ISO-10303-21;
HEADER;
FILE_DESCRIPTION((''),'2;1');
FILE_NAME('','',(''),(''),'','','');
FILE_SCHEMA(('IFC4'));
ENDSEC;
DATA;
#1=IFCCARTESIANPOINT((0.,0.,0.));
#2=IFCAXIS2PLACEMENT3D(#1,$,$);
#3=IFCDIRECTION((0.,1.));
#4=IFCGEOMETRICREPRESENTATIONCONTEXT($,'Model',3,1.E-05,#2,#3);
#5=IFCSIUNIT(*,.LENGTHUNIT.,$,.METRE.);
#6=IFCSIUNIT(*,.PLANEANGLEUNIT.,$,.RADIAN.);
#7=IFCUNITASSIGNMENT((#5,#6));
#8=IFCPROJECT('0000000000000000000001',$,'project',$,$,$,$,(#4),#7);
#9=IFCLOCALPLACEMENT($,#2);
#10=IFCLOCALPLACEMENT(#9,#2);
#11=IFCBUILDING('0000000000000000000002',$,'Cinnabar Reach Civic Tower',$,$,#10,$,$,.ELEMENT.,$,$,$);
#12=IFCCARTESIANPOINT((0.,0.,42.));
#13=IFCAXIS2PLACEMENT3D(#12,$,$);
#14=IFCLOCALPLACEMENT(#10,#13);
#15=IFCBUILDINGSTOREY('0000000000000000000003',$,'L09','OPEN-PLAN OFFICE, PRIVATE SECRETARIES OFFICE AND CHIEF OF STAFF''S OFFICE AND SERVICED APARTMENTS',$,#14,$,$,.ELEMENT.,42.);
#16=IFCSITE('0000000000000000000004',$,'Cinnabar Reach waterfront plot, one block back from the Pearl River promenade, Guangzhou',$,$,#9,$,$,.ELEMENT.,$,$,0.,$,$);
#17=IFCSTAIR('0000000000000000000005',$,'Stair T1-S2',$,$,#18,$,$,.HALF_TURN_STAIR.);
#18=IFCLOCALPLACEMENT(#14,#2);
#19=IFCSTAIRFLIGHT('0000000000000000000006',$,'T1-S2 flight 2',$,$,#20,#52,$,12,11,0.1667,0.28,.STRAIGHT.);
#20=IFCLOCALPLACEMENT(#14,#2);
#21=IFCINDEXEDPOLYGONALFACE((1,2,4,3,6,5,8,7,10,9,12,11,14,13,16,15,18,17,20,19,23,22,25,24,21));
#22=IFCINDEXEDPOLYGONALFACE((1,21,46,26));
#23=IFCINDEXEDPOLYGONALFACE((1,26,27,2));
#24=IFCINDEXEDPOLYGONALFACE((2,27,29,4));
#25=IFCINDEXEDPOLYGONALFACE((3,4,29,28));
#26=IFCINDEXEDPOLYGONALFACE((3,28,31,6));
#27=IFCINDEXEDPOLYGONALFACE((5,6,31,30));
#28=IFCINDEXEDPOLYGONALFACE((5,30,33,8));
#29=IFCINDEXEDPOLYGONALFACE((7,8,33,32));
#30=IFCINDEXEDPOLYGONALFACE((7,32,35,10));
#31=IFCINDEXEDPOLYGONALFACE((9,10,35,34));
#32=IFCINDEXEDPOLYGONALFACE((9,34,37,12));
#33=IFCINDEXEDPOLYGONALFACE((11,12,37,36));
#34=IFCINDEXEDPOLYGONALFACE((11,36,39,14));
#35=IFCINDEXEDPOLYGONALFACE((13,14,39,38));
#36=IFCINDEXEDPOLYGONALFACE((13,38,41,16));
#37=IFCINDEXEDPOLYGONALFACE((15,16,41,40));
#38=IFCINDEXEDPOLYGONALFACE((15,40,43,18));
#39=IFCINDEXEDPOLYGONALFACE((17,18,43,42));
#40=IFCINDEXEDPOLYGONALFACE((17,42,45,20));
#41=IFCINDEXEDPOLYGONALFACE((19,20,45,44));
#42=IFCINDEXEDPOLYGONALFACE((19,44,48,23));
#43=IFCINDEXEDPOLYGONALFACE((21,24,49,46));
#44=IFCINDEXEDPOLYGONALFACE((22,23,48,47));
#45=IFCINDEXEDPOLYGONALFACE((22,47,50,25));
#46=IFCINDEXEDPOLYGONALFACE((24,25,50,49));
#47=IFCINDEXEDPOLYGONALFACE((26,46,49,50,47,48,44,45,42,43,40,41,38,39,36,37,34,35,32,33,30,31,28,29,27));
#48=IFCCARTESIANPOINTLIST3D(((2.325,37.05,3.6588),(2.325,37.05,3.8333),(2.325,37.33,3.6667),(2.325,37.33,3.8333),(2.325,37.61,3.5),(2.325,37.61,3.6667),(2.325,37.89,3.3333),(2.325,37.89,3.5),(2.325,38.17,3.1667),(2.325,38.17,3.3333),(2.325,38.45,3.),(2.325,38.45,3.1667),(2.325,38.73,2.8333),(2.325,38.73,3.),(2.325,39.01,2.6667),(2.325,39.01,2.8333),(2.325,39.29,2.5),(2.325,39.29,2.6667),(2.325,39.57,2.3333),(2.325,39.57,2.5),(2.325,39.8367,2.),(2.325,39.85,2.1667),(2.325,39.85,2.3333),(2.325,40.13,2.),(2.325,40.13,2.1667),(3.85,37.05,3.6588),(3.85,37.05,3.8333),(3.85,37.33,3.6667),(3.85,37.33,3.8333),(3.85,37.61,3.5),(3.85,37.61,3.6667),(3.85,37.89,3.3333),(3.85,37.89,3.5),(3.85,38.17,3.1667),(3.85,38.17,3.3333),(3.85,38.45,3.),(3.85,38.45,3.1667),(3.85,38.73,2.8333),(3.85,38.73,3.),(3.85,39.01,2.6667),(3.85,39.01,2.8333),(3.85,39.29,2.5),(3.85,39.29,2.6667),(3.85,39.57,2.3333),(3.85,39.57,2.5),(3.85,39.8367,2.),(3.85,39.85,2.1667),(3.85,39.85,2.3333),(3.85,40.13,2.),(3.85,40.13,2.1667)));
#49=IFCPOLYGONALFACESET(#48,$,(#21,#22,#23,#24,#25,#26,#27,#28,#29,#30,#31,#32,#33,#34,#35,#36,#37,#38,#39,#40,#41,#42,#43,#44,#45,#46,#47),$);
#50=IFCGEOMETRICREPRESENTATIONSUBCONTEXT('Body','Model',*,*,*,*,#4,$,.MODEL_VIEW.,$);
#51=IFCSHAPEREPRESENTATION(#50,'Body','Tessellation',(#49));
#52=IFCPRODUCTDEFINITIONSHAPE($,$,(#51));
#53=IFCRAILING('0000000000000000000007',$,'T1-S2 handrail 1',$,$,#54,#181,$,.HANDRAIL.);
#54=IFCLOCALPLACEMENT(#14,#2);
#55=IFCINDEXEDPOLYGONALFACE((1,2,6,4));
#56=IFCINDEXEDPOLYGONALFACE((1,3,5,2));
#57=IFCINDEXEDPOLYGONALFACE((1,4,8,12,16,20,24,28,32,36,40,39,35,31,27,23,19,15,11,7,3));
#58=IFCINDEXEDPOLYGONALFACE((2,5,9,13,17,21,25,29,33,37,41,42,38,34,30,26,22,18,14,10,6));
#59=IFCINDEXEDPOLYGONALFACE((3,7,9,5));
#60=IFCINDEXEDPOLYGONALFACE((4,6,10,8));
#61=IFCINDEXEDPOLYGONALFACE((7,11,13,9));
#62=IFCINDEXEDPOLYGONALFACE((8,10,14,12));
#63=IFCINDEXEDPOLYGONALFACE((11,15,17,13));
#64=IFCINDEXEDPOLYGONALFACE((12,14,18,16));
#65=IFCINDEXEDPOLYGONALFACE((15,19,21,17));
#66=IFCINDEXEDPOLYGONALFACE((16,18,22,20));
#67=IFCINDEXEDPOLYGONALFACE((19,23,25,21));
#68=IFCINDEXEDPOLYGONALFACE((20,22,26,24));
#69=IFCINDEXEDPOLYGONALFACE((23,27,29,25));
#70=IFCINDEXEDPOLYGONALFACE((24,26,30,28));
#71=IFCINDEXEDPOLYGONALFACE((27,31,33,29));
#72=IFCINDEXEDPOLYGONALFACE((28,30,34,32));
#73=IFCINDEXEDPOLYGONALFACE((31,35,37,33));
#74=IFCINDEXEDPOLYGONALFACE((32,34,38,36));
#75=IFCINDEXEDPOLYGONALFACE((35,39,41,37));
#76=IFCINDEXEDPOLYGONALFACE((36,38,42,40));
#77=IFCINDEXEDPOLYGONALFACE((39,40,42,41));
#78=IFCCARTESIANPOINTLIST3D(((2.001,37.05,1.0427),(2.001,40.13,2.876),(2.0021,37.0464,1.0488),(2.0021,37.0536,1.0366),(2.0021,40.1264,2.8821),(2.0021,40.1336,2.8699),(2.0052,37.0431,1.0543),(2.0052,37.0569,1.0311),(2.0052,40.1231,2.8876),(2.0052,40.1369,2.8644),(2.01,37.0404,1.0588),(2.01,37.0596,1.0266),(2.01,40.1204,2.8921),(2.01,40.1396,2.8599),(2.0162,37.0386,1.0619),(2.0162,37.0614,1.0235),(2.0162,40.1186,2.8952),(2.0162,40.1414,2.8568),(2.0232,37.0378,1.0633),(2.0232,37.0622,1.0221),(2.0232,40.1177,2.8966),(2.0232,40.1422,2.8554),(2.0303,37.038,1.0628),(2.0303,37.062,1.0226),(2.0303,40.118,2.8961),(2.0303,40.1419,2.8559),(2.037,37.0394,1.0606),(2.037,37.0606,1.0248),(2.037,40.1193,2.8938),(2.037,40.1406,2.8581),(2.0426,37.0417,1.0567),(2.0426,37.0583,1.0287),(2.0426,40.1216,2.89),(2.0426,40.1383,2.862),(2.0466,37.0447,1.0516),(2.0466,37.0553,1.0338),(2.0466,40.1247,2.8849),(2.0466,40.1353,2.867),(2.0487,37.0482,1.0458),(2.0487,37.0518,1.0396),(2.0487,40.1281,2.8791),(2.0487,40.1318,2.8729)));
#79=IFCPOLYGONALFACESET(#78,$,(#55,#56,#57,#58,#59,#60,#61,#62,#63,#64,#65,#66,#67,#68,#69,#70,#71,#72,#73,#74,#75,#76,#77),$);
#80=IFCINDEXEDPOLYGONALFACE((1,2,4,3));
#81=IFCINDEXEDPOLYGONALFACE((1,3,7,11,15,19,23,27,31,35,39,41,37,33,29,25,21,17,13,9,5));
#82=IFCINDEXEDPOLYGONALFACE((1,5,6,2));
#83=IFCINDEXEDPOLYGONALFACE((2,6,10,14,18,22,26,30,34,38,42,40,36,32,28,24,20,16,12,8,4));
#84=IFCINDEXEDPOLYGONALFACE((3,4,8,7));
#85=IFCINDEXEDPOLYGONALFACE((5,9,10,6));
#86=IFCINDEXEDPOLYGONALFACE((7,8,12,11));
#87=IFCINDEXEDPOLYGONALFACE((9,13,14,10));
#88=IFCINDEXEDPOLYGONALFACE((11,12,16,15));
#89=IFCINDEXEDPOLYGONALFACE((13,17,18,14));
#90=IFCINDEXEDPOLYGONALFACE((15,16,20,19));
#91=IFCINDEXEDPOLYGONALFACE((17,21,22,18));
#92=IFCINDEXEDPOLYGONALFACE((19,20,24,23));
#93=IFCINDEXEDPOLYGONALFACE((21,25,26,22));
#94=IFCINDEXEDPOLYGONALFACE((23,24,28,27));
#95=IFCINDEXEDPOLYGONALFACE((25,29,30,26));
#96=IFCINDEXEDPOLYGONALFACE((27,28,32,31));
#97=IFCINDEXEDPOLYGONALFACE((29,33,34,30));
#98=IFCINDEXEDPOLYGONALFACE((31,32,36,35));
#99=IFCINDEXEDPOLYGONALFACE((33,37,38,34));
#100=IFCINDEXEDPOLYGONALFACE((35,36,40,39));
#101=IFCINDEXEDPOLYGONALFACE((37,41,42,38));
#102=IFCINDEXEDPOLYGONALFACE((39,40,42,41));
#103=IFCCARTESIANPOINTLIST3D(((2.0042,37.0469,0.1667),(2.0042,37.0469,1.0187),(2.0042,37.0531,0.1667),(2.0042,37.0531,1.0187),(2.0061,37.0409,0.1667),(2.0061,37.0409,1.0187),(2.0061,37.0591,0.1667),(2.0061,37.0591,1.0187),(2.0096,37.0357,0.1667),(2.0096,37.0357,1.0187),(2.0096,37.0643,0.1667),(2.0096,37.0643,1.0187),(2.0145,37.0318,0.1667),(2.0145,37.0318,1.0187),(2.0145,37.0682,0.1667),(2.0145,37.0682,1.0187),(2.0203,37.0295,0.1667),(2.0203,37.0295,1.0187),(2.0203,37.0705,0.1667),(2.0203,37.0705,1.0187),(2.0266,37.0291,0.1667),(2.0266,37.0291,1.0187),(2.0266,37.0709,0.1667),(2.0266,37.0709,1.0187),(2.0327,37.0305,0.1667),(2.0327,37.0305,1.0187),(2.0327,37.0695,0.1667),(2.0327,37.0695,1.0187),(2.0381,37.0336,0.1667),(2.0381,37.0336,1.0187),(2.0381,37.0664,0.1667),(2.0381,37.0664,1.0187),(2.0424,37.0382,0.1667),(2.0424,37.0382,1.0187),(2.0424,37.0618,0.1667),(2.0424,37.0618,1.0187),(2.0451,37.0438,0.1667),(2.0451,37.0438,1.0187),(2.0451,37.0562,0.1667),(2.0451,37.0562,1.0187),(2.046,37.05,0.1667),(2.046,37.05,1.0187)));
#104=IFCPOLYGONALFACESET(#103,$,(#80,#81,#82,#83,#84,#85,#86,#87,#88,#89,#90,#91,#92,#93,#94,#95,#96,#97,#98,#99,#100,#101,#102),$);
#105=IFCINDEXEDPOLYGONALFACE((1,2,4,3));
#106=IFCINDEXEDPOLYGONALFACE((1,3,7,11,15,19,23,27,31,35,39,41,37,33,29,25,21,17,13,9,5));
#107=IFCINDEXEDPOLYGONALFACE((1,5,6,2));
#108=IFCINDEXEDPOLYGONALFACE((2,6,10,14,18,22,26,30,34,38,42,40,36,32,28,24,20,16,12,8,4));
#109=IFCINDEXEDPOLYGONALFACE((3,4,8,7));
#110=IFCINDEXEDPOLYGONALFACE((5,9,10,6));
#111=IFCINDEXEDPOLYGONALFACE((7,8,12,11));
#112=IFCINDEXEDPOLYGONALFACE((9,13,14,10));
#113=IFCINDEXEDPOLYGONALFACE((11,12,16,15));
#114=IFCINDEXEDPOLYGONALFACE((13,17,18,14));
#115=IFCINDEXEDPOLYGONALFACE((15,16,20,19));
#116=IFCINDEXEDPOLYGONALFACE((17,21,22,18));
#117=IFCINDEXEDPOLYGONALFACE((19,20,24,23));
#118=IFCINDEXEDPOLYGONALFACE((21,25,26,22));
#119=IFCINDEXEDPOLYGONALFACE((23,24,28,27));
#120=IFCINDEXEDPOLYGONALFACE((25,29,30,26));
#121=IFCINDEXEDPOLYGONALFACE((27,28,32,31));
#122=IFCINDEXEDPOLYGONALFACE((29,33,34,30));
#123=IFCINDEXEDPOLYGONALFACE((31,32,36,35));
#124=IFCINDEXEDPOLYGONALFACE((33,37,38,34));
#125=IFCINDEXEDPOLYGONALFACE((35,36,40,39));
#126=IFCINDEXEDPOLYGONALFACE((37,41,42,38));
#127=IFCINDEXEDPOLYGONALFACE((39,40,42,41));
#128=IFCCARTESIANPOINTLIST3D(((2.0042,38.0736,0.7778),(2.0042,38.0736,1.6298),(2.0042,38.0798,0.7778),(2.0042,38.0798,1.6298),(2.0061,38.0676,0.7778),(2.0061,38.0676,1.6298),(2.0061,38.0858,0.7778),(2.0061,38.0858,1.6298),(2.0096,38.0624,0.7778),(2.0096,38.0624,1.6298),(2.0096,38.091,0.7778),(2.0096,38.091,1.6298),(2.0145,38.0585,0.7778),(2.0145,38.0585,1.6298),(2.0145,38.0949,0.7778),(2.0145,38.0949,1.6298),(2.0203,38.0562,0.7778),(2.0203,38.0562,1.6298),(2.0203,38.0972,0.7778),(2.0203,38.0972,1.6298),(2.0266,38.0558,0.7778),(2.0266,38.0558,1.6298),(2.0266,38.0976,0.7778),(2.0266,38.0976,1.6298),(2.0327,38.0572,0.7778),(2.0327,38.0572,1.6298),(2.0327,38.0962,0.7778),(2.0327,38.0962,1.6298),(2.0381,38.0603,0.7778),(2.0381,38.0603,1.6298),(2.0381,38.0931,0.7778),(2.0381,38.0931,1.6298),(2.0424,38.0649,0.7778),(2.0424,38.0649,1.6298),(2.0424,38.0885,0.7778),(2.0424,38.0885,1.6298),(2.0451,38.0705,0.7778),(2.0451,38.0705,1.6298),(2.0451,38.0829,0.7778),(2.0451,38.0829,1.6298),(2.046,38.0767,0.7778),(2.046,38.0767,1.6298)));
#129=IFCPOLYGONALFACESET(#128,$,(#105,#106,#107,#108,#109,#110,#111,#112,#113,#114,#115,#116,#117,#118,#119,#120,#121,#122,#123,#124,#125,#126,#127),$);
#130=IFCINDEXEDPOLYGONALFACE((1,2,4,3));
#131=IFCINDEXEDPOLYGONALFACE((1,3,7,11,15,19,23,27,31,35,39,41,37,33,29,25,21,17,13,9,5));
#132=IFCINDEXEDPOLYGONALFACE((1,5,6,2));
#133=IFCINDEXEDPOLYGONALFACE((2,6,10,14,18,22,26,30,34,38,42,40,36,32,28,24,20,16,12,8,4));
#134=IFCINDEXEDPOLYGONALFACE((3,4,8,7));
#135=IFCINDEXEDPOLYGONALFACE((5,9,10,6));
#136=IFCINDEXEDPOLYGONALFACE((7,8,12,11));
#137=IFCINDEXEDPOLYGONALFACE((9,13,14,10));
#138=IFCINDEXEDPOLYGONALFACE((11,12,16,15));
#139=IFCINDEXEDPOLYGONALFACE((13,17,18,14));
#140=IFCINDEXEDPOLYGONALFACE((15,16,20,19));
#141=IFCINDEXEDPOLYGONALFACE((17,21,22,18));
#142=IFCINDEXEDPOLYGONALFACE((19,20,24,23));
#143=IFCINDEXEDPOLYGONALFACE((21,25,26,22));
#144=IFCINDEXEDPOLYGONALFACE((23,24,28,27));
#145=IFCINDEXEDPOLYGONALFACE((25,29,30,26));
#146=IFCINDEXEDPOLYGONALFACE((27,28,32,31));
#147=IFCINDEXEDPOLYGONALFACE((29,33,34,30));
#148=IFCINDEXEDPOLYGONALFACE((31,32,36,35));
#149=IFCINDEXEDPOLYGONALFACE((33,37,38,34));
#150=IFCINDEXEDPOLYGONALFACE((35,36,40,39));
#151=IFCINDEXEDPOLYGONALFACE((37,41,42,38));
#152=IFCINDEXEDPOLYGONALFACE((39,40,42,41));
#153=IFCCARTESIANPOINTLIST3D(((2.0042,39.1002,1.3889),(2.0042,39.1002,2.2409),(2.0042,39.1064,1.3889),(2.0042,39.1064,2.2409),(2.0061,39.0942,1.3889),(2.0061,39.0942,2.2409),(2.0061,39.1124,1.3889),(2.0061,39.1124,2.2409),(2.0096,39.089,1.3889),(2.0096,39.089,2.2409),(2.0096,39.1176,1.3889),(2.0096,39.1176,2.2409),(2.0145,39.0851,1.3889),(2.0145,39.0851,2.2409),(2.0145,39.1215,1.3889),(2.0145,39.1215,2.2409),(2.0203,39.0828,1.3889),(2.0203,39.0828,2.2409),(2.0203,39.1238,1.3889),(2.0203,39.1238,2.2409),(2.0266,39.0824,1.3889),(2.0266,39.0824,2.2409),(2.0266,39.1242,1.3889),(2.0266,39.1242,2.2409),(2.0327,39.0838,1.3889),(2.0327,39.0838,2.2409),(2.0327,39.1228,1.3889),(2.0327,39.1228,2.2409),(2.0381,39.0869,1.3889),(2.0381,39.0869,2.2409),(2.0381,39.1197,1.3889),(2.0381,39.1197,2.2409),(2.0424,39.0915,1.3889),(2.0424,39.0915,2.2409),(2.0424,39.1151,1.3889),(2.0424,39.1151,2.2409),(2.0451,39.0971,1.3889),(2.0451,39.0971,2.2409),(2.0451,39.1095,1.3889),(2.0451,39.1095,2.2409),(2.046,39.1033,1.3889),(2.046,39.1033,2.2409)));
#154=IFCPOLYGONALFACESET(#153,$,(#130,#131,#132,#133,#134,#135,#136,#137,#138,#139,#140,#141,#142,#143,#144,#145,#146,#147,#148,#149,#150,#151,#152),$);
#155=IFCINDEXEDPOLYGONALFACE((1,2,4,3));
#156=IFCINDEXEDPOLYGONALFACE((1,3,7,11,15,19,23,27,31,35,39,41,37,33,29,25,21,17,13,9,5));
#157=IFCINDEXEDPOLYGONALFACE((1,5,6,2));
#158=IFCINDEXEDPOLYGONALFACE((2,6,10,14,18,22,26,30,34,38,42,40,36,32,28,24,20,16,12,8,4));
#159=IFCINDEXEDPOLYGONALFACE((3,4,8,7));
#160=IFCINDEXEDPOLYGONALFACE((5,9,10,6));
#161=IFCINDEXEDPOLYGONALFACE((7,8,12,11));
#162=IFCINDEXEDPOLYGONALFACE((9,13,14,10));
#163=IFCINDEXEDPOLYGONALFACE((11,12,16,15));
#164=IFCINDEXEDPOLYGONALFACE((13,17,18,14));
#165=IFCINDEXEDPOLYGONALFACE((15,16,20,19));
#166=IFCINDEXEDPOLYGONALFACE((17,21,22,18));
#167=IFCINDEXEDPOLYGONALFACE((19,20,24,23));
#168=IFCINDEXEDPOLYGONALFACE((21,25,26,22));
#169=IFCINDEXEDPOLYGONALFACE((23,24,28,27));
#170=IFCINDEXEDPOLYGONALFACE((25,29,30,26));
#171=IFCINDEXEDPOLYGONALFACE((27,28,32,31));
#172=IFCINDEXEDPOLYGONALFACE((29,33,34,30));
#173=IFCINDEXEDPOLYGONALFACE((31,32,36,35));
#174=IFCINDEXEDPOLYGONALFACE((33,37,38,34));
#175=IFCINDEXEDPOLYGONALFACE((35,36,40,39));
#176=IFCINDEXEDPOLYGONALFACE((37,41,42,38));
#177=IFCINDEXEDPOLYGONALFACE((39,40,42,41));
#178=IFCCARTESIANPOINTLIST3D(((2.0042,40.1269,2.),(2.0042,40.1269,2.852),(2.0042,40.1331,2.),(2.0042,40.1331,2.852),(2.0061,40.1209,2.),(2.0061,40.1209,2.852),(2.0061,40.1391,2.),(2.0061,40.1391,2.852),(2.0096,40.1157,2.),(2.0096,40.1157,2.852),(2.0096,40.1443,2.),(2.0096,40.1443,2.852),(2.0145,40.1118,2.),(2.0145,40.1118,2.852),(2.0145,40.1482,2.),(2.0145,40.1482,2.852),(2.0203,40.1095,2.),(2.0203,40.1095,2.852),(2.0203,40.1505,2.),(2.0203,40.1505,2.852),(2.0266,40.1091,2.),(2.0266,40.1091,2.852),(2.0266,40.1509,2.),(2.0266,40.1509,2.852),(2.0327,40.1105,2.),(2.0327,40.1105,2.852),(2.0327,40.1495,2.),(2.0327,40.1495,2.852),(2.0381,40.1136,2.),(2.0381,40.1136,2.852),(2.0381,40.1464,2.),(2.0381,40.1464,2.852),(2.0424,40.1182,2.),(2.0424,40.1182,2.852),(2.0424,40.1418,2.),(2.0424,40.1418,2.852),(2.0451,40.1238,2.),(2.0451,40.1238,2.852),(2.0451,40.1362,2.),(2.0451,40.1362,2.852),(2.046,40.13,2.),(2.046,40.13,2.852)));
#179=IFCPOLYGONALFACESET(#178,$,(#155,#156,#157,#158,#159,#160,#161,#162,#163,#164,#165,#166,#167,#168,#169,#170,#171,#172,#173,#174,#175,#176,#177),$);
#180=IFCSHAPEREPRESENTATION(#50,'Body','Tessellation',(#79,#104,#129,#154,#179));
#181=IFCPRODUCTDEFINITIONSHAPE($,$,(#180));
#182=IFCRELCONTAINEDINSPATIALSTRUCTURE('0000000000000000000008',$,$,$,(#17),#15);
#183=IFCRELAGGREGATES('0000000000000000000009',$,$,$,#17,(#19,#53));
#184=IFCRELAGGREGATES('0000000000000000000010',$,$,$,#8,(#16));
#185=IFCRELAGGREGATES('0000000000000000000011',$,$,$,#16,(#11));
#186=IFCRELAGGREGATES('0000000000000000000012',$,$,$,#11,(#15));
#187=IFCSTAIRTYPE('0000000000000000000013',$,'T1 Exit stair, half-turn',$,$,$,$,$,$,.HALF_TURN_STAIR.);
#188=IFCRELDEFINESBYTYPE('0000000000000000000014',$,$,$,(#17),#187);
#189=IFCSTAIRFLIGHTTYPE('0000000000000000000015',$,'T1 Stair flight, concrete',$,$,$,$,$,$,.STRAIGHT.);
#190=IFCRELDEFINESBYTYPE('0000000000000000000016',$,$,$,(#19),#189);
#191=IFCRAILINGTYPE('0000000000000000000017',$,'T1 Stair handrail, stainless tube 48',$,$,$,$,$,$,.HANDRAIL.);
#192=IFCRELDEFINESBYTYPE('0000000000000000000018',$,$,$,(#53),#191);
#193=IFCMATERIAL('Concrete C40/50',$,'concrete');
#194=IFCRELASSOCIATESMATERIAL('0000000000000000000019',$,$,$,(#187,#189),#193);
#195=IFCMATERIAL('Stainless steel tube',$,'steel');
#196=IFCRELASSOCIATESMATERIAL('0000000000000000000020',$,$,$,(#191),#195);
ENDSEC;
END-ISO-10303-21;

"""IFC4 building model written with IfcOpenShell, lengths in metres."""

from ifc_helpers import new_model, si_unit, direction, frame, origin, origin_2d, place, context, subcontext, project, spatial, polyline, circle, outline, extrude, material, type_object, element, aggregate, save


model = new_model("IFC4")

# Units and contexts
model_context = context("Model", 3, precision=1e-05, world=origin(), true_north=direction((0.0, 1.0)))
body_context = subcontext(model_context, "Body", "Model", "MODEL_VIEW")
ifc_project = project(units=[si_unit("LENGTHUNIT", "METRE"), si_unit("PLANEANGLEUNIT", "RADIAN")], contexts=[model_context])

# Site, building, storey
site_placement = place(None, origin())
site = spatial("IfcSite", under=ifc_project, at=site_placement, Name="Cinnabar Reach waterfront plot, one block back from the Pearl River promenade, Guangzhou", CompositionType="ELEMENT", RefElevation=0.0)
building_placement = place(site_placement, origin())
building = spatial("IfcBuilding", under=site, at=building_placement, Name="Cinnabar Reach Civic Tower", CompositionType="ELEMENT")
storey_placement = place(building_placement, frame((0.0, 0.0, 42.0)))
storey = spatial("IfcBuildingStorey", under=building, at=storey_placement, Name="L09", Description="OPEN-PLAN OFFICE, PRIVATE SECRETARIES OFFICE AND CHIEF OF STAFF'S OFFICE AND SERVICED APARTMENTS", CompositionType="ELEMENT", Elevation=42.0)

# Shared definitions
ifc_material_1 = material(Name="Concrete C40/50", Category="concrete")

# Stair, stair flight, railing
stair_type = type_object("IfcStairType", Name="T1 Exit stair, half-turn", PredefinedType="HALF_TURN_STAIR", material=ifc_material_1)
stair_placement = place(storey_placement, origin())
stair = element("IfcStair", 1, at=stair_placement, inside=storey, type_object=stair_type, Name="Stair T1-S2", PredefinedType="HALF_TURN_STAIR")
stair_flight_type = type_object("IfcStairFlightType", Name="T1 Stair flight, concrete", PredefinedType="STRAIGHT", material=ifc_material_1)
stair_flight_1_placement = place(storey_placement, frame((3.0875, 40.13, 2.0), z_axis=(0.0, 0.0, 1.0), x_axis=(0.0, -1.0, 0.0)))
stair_flight_1 = element("IfcStairFlight", 2, at=stair_flight_1_placement, type_object=stair_flight_type, Name="T1-S2 flight 2", NumberOfRisers=12, NumberOfTreads=11, PredefinedType="STRAIGHT", RiserHeight=0.1667, TreadLength=0.28, context=body_context, shape_type="SweptSolid", body=[
    extrude(outline(polyline([(0.0, 0.0), (0.0, 0.1667), (0.28, 0.1667), (0.28, 0.3333), (0.56, 0.3333), (0.56, 0.5), (0.84, 0.5), (0.84, 0.6667), (1.12, 0.6667), (1.12, 0.8333), (1.4, 0.8333), (1.4, 1.0), (1.68, 1.0), (1.68, 1.1667), (1.96, 1.1667), (1.96, 1.3333), (2.24, 1.3333), (2.24, 1.5), (2.52, 1.5), (2.52, 1.6667), (2.8, 1.6667), (2.8, 1.8333), (3.08, 1.8333), (3.08, 2.0), (3.08, 1.6588), (0.2933, 0.0), (0.0, 0.0)])), frame((0.0, 0.7625, 0.0), z_axis=(0.0, -1.0, 0.0), x_axis=(1.0, 0.0, 0.0)), (0.0, 0.0, 1.0), 1.525),
])
ifc_material_2 = material(Name="Stainless steel tube", Category="steel")
railing_type = type_object("IfcRailingType", Name="T1 Stair handrail, stainless tube 48", PredefinedType="HANDRAIL", material=ifc_material_2)
railing_1_placement = place(storey_placement, frame((2.025, 37.05, 0.1667)))
railing_1 = element("IfcRailing", 3, at=railing_1_placement, type_object=railing_type, Name="T1-S2 handrail 1", PredefinedType="HANDRAIL", context=body_context, shape_type="SweptSolid", body=[
    extrude(circle(Radius=0.024, at=origin_2d()), frame((0.0, 0.0, 0.876), z_axis=(0.0, 0.859297, 0.511477), x_axis=(-1.0, 0.0, 0.0)), (0.0, 0.0, 1.0), 3.5843),
    extrude(circle(Radius=0.021, at=origin_2d()), origin(), (0.0, 0.0, 1.0), 0.852),
    extrude(circle(Radius=0.021, at=origin_2d()), frame((0.0, 1.0267, 0.6111)), (0.0, 0.0, 1.0), 0.852),
    extrude(circle(Radius=0.021, at=origin_2d()), frame((0.0, 2.0533, 1.2222)), (0.0, 0.0, 1.0), 0.852),
    extrude(circle(Radius=0.021, at=origin_2d()), frame((0.0, 3.08, 1.8333)), (0.0, 0.0, 1.0), 0.852),
])
aggregate(stair, [stair_flight_1, railing_1])

save(model, "model.ifc")
